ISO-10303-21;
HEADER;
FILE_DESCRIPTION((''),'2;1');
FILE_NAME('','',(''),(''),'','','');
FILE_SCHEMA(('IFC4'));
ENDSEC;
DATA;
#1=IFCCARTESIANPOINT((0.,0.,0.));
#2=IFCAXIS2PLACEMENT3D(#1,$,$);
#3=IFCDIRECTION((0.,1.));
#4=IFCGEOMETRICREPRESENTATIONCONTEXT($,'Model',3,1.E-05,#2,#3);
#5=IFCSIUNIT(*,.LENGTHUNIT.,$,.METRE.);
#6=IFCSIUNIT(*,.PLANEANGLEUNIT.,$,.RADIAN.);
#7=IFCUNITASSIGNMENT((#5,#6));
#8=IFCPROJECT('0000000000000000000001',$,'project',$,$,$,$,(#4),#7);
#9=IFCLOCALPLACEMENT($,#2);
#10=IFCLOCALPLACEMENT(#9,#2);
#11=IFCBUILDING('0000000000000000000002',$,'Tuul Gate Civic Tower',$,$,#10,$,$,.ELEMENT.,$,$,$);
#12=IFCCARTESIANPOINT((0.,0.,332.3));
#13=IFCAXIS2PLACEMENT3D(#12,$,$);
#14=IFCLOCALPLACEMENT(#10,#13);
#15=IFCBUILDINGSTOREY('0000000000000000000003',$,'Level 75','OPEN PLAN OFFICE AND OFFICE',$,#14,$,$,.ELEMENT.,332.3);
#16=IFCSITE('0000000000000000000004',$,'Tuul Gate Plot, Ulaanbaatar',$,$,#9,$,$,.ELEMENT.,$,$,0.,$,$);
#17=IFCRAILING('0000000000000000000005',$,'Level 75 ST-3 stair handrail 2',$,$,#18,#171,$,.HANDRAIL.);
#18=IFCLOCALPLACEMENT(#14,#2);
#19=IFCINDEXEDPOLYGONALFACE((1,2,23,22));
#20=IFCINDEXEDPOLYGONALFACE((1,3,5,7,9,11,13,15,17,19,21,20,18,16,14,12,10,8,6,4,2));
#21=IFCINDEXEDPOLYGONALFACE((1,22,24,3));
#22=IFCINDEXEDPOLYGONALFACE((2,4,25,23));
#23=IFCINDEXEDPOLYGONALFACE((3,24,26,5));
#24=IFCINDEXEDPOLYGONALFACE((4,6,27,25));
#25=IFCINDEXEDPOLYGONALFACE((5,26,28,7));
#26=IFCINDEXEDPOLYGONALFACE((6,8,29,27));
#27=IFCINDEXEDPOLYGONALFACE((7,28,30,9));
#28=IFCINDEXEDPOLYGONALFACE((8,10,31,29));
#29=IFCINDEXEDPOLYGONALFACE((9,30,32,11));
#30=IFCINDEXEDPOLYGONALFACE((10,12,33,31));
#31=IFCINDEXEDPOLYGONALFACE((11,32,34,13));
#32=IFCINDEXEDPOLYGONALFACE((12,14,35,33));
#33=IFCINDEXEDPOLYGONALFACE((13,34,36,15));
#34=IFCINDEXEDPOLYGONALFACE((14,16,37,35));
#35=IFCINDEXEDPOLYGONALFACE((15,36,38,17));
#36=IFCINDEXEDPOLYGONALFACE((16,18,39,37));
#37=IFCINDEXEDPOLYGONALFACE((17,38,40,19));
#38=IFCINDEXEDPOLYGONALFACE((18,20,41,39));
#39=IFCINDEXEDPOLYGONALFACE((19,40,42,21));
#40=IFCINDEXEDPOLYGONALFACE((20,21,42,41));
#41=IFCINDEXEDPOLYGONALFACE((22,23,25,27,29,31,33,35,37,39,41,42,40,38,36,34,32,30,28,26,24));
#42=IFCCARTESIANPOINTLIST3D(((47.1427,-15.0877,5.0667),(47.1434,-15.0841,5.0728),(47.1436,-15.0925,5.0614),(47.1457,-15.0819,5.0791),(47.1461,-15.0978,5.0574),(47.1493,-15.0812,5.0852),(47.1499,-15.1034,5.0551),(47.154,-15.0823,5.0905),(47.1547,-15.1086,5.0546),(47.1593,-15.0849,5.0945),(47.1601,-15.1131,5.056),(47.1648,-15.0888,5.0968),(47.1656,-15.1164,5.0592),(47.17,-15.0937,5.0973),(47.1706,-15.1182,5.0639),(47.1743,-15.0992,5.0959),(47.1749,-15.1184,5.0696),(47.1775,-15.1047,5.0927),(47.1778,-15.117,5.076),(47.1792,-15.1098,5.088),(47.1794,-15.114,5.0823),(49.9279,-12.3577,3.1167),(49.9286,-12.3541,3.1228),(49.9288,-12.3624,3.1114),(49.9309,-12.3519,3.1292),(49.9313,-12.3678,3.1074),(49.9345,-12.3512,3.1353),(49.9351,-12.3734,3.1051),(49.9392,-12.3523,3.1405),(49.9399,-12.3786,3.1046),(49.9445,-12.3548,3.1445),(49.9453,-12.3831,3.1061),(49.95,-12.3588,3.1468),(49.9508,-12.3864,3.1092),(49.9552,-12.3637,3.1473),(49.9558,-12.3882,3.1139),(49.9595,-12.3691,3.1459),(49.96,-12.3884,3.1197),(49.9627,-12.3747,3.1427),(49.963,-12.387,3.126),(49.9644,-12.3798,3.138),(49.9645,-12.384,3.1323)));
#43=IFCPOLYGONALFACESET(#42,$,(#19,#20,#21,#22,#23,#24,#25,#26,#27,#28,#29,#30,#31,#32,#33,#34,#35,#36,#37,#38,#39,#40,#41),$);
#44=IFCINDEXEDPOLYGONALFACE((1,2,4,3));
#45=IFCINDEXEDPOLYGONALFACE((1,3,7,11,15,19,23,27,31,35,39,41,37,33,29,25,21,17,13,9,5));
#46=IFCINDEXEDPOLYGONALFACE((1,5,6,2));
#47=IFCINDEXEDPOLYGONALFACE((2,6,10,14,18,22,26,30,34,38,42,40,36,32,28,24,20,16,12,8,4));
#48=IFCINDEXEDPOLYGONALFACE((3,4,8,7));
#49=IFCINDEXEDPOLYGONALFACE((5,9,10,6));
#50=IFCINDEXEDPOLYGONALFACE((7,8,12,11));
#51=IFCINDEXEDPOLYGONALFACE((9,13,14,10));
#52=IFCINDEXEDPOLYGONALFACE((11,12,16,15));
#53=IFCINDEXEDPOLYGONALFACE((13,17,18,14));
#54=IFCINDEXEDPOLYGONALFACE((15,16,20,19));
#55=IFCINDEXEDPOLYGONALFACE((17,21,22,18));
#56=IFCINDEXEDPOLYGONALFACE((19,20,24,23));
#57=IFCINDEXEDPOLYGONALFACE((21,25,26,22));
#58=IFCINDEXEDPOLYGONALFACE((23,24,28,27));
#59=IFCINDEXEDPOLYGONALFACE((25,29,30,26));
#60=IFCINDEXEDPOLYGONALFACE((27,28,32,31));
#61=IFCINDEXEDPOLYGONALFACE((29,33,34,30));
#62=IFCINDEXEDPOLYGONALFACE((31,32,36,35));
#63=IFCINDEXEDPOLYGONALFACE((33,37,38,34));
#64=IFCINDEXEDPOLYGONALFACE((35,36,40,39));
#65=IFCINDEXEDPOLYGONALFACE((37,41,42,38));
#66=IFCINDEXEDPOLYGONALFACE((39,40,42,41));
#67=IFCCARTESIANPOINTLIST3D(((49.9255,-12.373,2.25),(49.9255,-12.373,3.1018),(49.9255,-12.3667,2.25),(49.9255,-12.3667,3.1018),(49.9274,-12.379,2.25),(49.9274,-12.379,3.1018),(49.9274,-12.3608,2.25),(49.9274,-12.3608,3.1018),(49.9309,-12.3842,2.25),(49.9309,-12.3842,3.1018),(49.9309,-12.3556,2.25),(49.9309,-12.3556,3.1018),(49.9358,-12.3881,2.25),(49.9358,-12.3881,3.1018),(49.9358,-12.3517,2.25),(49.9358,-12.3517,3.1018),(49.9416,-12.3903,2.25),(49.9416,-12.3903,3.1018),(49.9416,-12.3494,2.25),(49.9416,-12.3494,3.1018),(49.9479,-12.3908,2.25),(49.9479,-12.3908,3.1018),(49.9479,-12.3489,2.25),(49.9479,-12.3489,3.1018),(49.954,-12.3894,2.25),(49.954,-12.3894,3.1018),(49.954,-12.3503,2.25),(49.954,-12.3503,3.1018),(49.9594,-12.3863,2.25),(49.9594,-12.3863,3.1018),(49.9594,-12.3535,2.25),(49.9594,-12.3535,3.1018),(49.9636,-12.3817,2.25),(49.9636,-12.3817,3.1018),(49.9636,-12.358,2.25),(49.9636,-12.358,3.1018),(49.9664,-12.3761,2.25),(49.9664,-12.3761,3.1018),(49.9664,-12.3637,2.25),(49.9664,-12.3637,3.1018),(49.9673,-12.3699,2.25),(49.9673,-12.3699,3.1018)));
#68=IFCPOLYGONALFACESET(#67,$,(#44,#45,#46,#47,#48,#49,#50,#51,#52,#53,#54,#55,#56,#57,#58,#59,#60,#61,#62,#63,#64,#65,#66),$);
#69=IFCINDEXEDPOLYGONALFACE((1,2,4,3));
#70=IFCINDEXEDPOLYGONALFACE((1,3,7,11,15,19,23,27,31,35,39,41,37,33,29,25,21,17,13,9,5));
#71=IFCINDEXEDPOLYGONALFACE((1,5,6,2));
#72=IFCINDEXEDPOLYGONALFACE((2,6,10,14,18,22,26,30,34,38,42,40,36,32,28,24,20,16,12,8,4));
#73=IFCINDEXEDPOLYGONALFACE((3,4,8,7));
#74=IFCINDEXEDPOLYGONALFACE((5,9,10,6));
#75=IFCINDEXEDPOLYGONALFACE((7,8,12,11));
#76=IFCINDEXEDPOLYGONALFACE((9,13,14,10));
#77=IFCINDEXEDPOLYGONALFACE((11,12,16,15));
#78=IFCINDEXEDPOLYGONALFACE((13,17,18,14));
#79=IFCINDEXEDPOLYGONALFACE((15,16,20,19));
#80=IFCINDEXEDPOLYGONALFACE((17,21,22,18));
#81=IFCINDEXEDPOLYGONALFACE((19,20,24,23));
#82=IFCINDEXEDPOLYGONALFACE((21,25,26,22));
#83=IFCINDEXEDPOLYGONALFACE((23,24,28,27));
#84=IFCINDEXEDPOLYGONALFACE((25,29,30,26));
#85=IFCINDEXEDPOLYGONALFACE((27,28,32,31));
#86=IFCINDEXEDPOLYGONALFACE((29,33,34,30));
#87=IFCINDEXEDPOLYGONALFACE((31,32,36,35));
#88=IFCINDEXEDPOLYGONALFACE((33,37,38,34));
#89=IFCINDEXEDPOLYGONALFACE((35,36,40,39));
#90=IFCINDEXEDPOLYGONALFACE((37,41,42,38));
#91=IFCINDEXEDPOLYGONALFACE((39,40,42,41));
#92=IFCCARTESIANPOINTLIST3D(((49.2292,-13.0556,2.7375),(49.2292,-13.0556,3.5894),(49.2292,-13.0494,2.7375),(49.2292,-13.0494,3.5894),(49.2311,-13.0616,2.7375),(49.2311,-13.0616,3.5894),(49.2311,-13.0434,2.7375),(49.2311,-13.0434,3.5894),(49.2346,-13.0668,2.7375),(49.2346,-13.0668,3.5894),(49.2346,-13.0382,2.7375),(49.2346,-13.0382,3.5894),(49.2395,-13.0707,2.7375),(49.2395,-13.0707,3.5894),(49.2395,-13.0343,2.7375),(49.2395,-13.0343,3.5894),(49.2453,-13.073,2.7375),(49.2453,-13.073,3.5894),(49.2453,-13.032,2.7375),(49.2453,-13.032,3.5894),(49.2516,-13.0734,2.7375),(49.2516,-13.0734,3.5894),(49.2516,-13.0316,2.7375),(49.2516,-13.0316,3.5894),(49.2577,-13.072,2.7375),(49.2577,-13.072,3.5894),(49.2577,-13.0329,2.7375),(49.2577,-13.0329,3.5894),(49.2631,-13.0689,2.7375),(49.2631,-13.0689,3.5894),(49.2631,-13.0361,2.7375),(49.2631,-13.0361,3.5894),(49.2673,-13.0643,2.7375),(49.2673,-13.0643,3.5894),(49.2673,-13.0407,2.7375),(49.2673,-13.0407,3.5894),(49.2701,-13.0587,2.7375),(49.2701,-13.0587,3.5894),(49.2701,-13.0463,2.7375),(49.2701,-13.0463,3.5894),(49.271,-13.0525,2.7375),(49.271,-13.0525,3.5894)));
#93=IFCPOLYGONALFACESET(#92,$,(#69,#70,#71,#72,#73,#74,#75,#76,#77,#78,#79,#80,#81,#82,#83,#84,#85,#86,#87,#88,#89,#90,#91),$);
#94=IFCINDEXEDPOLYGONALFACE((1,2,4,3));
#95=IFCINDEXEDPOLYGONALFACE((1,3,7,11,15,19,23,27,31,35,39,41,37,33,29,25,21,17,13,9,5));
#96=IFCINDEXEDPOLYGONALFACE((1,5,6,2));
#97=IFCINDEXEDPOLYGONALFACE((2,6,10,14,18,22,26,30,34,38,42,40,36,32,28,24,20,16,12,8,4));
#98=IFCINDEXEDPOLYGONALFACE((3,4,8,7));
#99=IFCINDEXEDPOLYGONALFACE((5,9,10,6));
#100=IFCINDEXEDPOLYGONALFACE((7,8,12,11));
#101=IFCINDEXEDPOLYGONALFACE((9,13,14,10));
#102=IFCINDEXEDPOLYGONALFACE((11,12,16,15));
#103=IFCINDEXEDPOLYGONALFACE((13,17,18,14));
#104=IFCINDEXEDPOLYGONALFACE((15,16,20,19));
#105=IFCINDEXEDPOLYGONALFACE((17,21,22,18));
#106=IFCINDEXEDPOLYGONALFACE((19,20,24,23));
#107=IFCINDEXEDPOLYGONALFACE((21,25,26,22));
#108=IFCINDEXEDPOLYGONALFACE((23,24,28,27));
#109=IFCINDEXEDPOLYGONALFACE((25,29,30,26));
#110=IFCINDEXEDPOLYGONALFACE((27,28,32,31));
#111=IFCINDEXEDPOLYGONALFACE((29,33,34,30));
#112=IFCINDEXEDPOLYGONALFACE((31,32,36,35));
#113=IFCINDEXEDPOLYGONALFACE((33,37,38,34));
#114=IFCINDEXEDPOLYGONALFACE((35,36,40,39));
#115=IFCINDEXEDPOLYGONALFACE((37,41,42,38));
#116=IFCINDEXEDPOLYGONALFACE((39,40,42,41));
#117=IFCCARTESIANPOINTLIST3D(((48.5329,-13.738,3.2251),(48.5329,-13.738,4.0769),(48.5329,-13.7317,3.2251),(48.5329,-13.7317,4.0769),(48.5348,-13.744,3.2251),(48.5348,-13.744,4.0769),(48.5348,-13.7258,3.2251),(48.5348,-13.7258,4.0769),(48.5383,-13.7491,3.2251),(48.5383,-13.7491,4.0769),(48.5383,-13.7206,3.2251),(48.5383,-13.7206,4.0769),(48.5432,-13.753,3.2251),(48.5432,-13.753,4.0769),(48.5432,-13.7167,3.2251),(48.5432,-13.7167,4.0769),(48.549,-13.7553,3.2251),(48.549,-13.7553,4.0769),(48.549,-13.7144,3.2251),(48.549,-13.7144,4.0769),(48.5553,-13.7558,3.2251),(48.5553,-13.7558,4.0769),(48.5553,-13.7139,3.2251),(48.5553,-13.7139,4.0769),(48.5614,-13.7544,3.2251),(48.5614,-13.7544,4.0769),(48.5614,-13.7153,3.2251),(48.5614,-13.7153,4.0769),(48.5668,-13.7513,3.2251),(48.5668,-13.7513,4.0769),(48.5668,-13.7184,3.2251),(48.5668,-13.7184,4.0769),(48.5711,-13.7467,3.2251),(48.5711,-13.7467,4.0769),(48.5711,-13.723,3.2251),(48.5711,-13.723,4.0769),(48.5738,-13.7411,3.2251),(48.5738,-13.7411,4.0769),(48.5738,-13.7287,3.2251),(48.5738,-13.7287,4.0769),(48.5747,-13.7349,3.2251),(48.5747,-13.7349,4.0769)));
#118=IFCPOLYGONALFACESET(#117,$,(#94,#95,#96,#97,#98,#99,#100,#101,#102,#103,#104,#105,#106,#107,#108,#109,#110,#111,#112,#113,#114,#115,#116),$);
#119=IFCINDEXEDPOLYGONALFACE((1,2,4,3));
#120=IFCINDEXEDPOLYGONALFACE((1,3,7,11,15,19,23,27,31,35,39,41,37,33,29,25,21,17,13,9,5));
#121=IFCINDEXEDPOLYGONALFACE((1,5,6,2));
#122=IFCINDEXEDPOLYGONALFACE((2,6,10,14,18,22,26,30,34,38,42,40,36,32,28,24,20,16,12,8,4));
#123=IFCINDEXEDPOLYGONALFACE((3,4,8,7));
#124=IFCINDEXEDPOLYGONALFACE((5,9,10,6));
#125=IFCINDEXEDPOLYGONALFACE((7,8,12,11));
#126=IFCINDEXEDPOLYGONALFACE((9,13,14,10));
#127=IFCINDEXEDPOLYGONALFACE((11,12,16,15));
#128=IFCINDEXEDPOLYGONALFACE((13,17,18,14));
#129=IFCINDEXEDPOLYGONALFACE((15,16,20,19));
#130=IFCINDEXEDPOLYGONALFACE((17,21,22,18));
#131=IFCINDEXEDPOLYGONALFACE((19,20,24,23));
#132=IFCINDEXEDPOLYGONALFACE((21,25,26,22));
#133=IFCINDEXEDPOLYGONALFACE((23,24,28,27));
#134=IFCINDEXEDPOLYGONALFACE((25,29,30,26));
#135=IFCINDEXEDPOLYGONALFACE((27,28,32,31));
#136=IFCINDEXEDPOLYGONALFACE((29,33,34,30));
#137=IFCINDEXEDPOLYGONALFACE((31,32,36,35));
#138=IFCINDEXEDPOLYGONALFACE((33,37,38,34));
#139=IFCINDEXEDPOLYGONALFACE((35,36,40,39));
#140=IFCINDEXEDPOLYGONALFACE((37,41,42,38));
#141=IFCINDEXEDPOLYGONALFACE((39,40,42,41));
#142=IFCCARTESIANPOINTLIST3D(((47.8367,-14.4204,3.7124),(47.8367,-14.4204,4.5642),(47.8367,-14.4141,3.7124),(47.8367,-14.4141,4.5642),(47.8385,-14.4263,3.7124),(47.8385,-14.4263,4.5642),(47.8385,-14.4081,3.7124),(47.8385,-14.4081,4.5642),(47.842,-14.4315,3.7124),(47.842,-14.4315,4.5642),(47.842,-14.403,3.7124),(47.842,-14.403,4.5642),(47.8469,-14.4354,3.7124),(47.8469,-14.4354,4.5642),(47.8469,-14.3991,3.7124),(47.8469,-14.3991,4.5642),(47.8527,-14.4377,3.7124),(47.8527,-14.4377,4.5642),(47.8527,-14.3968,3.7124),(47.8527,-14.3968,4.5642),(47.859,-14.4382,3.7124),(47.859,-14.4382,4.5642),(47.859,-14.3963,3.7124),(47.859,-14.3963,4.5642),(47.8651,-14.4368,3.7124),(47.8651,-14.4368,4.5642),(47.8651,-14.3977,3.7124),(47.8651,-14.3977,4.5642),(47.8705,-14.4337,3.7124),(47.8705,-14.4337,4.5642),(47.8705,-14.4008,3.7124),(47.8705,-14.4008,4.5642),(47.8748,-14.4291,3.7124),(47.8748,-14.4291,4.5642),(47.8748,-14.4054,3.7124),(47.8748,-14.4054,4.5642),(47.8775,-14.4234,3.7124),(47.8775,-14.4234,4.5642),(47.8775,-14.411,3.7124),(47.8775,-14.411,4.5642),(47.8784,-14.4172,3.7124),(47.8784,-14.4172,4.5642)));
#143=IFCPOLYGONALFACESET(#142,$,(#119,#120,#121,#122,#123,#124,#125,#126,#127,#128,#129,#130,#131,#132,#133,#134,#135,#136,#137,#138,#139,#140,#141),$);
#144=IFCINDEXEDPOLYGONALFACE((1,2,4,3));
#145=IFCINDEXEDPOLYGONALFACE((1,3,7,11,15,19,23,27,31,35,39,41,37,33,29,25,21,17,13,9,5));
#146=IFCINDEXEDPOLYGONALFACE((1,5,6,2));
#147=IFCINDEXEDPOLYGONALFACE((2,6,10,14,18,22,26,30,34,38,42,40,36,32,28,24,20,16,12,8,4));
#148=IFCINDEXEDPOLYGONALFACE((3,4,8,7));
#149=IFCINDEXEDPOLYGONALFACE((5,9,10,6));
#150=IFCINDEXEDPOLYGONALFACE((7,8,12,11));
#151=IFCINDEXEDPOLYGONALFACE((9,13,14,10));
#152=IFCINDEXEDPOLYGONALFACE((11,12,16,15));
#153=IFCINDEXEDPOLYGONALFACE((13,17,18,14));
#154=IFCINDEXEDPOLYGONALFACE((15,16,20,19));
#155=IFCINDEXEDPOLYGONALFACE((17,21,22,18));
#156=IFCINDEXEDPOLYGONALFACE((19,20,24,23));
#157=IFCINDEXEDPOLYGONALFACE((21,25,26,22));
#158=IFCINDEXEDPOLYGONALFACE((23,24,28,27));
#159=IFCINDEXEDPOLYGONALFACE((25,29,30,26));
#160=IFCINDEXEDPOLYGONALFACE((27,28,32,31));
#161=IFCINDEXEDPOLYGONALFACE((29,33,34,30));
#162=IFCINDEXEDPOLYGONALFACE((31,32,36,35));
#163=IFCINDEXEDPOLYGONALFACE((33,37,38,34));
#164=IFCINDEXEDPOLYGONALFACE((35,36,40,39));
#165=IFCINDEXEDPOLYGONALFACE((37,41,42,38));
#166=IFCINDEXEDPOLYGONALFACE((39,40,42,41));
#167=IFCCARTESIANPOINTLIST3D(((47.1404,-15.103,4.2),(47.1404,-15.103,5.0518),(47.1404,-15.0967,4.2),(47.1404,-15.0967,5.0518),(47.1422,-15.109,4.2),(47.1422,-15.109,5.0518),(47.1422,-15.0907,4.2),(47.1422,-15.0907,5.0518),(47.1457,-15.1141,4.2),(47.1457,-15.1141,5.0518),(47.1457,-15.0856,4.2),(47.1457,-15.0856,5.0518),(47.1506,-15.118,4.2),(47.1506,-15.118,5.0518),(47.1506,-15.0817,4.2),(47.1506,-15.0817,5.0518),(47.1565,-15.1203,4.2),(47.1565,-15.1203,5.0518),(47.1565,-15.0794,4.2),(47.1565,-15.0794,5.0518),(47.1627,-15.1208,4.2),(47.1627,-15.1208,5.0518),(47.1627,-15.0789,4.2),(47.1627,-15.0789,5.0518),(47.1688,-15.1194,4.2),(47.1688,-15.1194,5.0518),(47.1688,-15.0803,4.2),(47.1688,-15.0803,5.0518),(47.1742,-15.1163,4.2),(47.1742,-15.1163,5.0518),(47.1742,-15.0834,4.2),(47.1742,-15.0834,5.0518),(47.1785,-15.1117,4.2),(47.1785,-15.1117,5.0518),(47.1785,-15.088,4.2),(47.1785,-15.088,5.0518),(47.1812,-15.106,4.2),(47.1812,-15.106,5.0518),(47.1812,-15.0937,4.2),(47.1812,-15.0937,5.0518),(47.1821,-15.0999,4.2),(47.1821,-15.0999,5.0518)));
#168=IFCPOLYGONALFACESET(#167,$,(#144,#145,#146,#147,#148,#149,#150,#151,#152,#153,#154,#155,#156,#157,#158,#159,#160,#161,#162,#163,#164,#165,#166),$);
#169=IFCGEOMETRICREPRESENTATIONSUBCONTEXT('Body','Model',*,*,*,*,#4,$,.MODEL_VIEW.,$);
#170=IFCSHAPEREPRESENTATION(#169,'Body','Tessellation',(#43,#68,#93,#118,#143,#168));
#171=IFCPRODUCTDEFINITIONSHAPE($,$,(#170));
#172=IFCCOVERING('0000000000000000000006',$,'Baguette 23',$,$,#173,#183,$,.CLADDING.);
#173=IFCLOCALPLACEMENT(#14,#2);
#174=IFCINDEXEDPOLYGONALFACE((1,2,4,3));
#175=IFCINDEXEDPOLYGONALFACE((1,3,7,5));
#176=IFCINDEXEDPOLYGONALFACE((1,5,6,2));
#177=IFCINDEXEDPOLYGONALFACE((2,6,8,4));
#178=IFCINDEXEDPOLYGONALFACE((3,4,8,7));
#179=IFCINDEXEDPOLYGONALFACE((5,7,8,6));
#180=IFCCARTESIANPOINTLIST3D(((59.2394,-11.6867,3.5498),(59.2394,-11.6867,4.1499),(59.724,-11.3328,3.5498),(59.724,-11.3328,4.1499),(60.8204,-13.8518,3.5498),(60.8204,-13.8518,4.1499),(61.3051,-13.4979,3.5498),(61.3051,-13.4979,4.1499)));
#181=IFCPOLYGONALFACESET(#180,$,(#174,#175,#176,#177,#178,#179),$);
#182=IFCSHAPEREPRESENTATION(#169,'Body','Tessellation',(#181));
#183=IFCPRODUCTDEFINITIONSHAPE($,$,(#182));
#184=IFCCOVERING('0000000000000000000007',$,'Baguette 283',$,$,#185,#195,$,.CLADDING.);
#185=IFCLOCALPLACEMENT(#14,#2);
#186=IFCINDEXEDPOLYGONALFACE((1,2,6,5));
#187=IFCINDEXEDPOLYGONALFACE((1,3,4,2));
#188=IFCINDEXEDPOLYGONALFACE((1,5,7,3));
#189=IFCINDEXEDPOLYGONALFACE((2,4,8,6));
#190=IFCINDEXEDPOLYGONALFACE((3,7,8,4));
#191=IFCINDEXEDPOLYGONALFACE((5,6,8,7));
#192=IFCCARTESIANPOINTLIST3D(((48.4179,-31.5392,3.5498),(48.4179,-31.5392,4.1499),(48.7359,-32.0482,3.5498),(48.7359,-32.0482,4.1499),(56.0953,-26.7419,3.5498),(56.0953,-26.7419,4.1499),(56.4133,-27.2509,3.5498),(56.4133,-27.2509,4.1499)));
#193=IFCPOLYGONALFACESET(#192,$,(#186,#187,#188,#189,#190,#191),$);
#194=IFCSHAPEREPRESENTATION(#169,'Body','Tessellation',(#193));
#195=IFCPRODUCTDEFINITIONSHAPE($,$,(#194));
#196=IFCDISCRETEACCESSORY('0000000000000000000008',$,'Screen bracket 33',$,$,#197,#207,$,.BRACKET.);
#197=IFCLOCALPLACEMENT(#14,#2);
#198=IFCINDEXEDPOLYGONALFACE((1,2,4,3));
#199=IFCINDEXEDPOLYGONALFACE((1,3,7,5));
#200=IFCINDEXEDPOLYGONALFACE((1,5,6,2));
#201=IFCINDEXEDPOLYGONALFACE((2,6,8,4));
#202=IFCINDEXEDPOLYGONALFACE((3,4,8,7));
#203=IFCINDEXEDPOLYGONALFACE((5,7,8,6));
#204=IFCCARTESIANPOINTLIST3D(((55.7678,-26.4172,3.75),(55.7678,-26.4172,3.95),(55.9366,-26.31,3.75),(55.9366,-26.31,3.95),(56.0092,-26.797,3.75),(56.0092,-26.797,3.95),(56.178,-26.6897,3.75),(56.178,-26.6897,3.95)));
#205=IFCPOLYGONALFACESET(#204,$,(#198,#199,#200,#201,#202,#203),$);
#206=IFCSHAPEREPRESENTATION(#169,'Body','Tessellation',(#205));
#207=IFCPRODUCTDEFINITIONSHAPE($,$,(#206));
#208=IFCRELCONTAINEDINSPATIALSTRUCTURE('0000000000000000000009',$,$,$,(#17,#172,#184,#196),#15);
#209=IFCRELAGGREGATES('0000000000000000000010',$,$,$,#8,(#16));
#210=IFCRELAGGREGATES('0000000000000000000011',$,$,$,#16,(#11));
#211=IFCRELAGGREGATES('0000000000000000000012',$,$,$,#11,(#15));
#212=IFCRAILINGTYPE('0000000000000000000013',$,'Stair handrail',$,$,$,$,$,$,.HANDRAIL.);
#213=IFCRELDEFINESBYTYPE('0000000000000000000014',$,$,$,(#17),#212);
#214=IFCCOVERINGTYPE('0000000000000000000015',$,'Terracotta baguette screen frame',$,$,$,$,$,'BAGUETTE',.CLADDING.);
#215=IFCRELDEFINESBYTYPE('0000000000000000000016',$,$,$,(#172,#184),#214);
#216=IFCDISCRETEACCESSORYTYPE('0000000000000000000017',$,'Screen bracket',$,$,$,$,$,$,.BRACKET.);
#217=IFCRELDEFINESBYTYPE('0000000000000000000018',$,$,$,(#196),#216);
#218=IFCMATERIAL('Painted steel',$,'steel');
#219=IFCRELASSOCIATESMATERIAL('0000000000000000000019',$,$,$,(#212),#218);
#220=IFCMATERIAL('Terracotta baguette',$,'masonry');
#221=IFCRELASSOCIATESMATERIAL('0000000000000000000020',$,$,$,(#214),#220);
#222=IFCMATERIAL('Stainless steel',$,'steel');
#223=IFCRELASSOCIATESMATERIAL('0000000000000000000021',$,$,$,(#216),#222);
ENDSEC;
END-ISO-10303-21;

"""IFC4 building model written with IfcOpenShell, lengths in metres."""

from ifc_helpers import new_model, si_unit, direction, frame, origin, origin_2d, place, context, subcontext, project, spatial, rectangle, circle, extrude, material, material_profile, profile_set, type_object, element, save


model = new_model("IFC4")

# Units and contexts
model_context = context("Model", 3, precision=1e-05, world=origin(), true_north=direction((0.0, 1.0)))
body_context = subcontext(model_context, "Body", "Model", "MODEL_VIEW")
ifc_project = project(units=[si_unit("LENGTHUNIT", "METRE"), si_unit("PLANEANGLEUNIT", "RADIAN")], contexts=[model_context])

# Site, building, storey
site_placement = place(None, origin())
site = spatial("IfcSite", under=ifc_project, at=site_placement, Name="Tuul Gate Plot, Ulaanbaatar", CompositionType="ELEMENT", RefElevation=0.0)
building_placement = place(site_placement, origin())
building = spatial("IfcBuilding", under=site, at=building_placement, Name="Tuul Gate Civic Tower", CompositionType="ELEMENT")
storey_placement = place(building_placement, frame((0.0, 0.0, 332.3)))
storey = spatial("IfcBuildingStorey", under=building, at=storey_placement, Name="Level 75", Description="OPEN PLAN OFFICE AND OFFICE", CompositionType="ELEMENT", Elevation=332.3)

# Railing
ifc_material_1 = material(Name="Painted steel", Category="steel")
railing_type = type_object("IfcRailingType", Name="Stair handrail", PredefinedType="HANDRAIL", material=ifc_material_1)
railing_1_placement = place(storey_placement, frame((49.9463, -12.3699, 2.25)))
element("IfcRailing", 1, at=railing_1_placement, inside=storey, type_object=railing_type, Name="Level 75 ST-3 stair handrail 2", PredefinedType="HANDRAIL", context=body_context, shape_type="SweptSolid", body=[
    extrude(circle(Radius=0.0239, at=origin_2d()), frame((0.0, 0.0, 0.876), z_axis=(-0.638754, -0.6261, 0.447206), x_axis=(0.699998, -0.714145, 0.0)), (0.0, 0.0, 1.0), 4.3604),
    extrude(circle(Radius=0.021, at=origin_2d()), origin(), (0.0, 0.0, 1.0), 0.8518),
    extrude(circle(Radius=0.021, at=origin_2d()), frame((-0.6963, -0.6826, 0.4875)), (0.0, 0.0, 1.0), 0.8518),
    extrude(circle(Radius=0.021, at=origin_2d()), frame((-1.3926, -1.365, 0.9751)), (0.0, 0.0, 1.0), 0.8518),
    extrude(circle(Radius=0.021, at=origin_2d()), frame((-2.0889, -2.0474, 1.4624)), (0.0, 0.0, 1.0), 0.8518),
    extrude(circle(Radius=0.021, at=origin_2d()), frame((-2.7852, -2.73, 1.95)), (0.0, 0.0, 1.0), 0.8518),
])

# Coverings
ifc_material_2 = material(Name="Terracotta baguette", Category="masonry")
ifc_material_profile_1 = material_profile(ifc_material_2, rectangle(XDim=0.6001, YDim=0.6001, at=origin_2d()), Name="Terracotta baguette screen frame")
ifc_profile_set_1 = profile_set([ifc_material_profile_1], Name="Terracotta baguette")
covering_type = type_object("IfcCoveringType", Name="Terracotta baguette screen frame", ElementType="BAGUETTE", PredefinedType="CLADDING", material=ifc_profile_set_1)
covering_1_placement = place(storey_placement, frame((61.0627, -13.6748, 3.8499), z_axis=(-0.589752, 0.807585, 0.0), x_axis=(-0.807585, -0.589752, 0.0)))
element("IfcCovering", 2, at=covering_1_placement, inside=storey, type_object=covering_type, Name="Baguette 23", PredefinedType="CLADDING", context=body_context, shape_type="SweptSolid", body=[
    extrude(rectangle(XDim=0.6001, YDim=0.6001, at=origin_2d()), origin(), (0.0, 0.0, 1.0), 2.6809),
])
covering_2_placement = place(storey_placement, frame((48.5769, -31.7937, 3.8499), z_axis=(0.848051, 0.529914, 0.0), x_axis=(-0.529914, 0.848051, 0.0)))
element("IfcCovering", 3, at=covering_2_placement, inside=storey, type_object=covering_type, Name="Baguette 283", PredefinedType="CLADDING", context=body_context, shape_type="SweptSolid", body=[
    extrude(rectangle(XDim=0.6001, YDim=0.6001, at=origin_2d()), origin(), (0.0, 0.0, 1.0), 9.053),
])

# Discrete accessory
ifc_material_3 = material(Name="Stainless steel", Category="steel")
discrete_accessory_type = type_object("IfcDiscreteAccessoryType", Name="Screen bracket", PredefinedType="BRACKET", material=ifc_material_3)
discrete_accessory_placement = place(storey_placement, frame((55.9729, -26.5535, 3.75), z_axis=(0.0, 0.0, 1.0), x_axis=(0.536425, -0.843948, 0.0)))
element("IfcDiscreteAccessory", 4, at=discrete_accessory_placement, inside=storey, type_object=discrete_accessory_type, Name="Screen bracket 33", PredefinedType="BRACKET", context=body_context, shape_type="SweptSolid", body=[
    extrude(rectangle(XDim=0.45, YDim=0.2, at=origin_2d()), origin(), (0.0, 0.0, 1.0), 0.2),
])

save(model, "model.ifc")
